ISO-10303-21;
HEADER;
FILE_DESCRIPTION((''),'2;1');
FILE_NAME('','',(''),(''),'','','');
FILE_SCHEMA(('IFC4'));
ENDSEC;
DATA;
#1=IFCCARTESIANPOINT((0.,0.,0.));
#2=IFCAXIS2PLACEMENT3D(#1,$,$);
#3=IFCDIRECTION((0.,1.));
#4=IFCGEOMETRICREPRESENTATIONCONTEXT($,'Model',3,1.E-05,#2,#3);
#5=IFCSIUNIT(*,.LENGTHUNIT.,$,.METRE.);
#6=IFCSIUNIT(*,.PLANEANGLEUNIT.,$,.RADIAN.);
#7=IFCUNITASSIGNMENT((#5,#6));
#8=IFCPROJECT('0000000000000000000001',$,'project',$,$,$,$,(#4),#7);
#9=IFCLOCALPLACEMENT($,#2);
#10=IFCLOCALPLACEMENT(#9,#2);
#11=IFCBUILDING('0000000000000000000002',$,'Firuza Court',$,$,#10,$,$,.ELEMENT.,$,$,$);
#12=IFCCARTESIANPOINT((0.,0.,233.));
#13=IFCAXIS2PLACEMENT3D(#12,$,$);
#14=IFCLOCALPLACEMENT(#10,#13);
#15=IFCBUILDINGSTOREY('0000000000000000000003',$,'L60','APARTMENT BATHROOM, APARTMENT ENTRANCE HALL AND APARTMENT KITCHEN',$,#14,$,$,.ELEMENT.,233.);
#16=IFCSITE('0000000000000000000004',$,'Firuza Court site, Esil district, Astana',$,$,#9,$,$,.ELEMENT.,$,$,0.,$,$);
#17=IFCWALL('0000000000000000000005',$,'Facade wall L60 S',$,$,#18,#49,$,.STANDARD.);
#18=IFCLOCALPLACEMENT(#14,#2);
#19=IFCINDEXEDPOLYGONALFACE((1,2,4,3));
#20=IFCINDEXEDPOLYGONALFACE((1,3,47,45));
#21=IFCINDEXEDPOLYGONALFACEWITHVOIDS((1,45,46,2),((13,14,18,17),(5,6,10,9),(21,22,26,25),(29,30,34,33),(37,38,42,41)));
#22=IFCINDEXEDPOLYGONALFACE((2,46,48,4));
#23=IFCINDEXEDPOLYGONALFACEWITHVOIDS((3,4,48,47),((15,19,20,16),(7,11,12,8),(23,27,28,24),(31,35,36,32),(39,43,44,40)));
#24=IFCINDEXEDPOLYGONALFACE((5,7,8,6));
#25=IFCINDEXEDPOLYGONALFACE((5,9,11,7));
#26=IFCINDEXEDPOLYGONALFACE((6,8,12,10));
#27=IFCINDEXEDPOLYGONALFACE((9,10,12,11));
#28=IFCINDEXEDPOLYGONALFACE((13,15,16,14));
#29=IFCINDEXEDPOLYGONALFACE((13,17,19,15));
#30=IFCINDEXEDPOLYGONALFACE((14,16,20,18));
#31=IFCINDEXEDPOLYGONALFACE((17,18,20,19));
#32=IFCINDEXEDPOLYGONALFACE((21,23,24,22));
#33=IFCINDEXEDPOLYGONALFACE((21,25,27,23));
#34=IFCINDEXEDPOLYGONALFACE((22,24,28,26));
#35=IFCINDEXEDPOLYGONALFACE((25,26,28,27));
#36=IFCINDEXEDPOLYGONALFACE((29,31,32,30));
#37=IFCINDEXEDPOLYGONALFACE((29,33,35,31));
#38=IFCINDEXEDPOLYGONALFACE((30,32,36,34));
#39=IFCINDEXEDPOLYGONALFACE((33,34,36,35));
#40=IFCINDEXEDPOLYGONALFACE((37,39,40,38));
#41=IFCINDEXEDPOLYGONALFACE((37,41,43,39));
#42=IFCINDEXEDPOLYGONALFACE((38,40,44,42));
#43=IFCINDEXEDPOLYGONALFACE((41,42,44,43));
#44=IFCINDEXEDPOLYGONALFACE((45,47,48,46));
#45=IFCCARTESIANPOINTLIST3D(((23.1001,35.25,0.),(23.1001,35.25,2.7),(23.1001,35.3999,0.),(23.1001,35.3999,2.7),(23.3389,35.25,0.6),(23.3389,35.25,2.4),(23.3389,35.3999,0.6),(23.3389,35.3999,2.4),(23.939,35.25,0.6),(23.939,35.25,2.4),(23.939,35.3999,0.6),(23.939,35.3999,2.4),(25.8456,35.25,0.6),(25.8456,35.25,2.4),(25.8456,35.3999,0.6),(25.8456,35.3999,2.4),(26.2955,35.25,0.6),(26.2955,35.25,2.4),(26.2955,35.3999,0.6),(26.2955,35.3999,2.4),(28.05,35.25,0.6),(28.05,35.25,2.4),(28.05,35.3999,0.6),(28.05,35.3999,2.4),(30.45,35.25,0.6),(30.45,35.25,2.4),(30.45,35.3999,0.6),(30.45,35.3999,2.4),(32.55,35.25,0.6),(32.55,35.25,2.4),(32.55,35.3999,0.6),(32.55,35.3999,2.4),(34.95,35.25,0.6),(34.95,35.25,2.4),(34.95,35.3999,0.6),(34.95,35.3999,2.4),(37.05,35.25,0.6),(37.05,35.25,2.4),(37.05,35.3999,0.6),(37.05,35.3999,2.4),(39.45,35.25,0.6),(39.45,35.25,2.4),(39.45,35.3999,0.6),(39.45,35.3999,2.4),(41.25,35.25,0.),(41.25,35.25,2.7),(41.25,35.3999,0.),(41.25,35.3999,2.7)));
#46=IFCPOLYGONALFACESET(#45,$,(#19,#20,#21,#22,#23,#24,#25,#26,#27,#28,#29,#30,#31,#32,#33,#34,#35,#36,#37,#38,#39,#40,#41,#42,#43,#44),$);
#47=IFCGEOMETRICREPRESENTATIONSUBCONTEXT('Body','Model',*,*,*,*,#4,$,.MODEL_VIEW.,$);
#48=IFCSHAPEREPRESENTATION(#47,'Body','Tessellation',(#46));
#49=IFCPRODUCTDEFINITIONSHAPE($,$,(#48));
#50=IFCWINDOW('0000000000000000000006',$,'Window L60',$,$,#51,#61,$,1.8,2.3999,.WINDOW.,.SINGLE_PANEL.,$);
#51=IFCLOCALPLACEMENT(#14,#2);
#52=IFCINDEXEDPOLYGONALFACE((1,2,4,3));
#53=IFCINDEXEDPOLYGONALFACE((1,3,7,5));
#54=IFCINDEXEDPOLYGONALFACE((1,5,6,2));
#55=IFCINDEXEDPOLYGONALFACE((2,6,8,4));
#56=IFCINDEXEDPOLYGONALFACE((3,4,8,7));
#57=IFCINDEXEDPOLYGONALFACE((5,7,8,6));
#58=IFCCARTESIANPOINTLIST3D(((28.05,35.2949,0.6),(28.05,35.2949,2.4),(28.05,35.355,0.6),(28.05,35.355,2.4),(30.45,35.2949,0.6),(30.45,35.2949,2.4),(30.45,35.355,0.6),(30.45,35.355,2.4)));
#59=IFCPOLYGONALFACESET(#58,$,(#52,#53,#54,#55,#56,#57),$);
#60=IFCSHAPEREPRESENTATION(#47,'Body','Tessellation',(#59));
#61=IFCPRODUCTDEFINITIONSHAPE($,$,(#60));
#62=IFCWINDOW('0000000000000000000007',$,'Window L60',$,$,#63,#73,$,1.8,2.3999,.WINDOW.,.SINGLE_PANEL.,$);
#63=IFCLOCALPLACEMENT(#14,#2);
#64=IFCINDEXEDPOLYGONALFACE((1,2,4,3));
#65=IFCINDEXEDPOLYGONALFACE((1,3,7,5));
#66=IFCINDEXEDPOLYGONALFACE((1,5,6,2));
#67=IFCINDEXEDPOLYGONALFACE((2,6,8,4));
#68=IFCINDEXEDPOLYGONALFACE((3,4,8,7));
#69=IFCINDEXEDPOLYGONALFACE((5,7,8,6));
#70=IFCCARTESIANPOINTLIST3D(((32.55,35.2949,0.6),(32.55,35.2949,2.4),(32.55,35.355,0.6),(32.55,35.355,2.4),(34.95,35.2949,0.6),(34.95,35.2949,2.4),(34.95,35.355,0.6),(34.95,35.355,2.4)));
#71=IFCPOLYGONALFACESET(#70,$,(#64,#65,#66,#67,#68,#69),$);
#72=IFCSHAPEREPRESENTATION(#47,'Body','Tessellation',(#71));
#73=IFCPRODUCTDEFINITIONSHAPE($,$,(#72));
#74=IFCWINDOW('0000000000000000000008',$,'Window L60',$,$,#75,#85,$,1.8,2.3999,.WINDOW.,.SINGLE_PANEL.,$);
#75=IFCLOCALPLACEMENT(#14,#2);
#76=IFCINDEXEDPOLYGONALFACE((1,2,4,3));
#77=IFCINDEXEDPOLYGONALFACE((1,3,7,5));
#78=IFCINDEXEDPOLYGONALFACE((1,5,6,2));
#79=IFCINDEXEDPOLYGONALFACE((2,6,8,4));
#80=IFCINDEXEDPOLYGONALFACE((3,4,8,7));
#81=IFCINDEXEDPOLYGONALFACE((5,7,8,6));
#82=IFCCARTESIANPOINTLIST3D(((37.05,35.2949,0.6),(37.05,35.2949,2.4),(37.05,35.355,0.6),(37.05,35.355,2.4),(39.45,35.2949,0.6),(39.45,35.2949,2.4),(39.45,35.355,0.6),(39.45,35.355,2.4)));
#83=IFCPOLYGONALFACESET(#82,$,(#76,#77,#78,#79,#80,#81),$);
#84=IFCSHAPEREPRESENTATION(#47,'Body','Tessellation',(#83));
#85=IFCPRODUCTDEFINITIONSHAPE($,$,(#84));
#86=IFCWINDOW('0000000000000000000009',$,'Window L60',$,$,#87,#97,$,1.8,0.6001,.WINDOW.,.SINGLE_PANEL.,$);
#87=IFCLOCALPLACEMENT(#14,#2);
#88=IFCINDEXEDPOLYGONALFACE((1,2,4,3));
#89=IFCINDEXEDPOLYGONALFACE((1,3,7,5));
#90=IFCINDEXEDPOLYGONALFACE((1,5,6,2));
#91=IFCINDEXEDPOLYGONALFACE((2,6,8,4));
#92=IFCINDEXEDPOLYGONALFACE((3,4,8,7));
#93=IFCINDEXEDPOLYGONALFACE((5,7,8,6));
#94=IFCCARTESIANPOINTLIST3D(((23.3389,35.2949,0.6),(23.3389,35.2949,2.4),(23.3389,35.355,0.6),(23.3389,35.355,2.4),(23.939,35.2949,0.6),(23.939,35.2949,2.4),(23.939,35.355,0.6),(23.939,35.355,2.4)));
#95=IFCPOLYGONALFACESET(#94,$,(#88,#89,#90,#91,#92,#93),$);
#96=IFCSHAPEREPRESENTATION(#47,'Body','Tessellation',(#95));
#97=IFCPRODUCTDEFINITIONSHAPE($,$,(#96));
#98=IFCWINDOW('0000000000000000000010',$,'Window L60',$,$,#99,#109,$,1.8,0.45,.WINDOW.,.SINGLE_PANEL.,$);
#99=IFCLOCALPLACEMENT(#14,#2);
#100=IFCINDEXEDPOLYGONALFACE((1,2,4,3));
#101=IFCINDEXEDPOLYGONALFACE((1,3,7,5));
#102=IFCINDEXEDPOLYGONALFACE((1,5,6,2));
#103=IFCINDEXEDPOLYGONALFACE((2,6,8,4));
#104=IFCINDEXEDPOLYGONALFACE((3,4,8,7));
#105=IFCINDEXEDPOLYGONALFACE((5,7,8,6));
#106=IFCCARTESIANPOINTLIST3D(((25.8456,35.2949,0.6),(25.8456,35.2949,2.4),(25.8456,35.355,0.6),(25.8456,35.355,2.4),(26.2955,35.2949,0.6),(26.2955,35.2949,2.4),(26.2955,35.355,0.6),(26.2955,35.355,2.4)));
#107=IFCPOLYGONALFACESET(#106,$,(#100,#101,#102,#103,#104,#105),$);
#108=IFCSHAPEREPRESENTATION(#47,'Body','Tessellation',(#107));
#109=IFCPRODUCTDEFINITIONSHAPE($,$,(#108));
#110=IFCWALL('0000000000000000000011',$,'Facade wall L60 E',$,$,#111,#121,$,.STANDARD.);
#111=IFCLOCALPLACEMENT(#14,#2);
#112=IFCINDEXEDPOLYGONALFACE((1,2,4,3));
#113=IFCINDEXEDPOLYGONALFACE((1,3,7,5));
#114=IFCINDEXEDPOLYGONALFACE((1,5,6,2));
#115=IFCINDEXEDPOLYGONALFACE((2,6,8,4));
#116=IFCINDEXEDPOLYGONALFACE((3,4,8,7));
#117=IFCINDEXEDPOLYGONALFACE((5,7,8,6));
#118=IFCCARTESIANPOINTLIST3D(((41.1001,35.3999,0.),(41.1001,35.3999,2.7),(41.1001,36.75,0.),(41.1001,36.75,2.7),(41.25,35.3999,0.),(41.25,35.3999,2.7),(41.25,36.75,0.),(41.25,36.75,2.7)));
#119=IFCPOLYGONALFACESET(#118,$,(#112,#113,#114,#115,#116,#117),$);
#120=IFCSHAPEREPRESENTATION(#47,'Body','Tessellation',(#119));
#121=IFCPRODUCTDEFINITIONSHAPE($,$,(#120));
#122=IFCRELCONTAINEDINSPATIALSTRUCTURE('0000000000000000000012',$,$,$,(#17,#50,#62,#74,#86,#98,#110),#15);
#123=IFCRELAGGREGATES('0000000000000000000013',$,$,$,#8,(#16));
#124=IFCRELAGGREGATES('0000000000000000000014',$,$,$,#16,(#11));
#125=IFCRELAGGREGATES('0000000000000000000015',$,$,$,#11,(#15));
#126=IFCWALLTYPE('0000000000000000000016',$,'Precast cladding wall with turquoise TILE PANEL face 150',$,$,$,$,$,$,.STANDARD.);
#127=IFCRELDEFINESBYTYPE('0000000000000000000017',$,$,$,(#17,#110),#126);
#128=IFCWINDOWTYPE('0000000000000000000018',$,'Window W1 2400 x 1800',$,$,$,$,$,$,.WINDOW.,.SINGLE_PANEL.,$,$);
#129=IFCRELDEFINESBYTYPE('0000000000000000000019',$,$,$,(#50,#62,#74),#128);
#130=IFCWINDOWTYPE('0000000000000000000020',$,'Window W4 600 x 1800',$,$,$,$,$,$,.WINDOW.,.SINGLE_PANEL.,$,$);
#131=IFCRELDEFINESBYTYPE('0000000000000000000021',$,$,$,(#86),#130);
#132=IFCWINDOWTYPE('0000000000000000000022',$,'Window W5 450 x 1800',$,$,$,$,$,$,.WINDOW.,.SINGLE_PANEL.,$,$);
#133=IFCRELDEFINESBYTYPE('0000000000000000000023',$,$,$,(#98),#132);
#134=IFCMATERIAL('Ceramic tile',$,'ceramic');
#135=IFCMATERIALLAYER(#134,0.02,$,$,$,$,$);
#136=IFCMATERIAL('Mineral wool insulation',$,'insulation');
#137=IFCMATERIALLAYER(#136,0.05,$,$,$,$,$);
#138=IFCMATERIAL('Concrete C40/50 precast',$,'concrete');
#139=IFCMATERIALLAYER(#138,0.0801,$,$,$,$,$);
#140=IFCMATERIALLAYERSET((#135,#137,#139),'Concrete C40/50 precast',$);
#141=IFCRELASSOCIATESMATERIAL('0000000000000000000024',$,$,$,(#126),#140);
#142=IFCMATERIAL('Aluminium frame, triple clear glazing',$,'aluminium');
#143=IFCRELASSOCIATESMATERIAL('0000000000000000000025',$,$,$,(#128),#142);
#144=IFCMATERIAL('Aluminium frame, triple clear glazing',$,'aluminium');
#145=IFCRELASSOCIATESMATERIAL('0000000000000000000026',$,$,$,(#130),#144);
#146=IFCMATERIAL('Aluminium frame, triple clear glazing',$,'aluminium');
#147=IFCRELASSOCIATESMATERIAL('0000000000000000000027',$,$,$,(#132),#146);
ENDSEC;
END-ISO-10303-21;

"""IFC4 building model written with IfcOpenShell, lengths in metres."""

from ifc_helpers import new_model, si_unit, direction, frame, frame_2d, origin, place, context, subcontext, project, spatial, rectangle, extrude, material, layer, layer_set, type_object, element, fill, save


model = new_model("IFC4")

# Units and contexts
model_context = context("Model", 3, precision=1e-05, world=origin(), true_north=direction((0.0, 1.0)))
body_context = subcontext(model_context, "Body", "Model", "MODEL_VIEW")
ifc_project = project(units=[si_unit("LENGTHUNIT", "METRE"), si_unit("PLANEANGLEUNIT", "RADIAN")], contexts=[model_context])

# Site, building, storey
site_placement = place(None, origin())
site = spatial("IfcSite", under=ifc_project, at=site_placement, Name="Firuza Court site, Esil district, Astana", CompositionType="ELEMENT", RefElevation=0.0)
building_placement = place(site_placement, origin())
building = spatial("IfcBuilding", under=site, at=building_placement, Name="Firuza Court", CompositionType="ELEMENT")
storey_placement = place(building_placement, frame((0.0, 0.0, 233.0)))
storey = spatial("IfcBuildingStorey", under=building, at=storey_placement, Name="L60", Description="APARTMENT BATHROOM, APARTMENT ENTRANCE HALL AND APARTMENT KITCHEN", CompositionType="ELEMENT", Elevation=233.0)

# Wall, openings, windows
ifc_material_1 = material(Name="Ceramic tile", Category="ceramic")
ifc_layer_1 = layer(ifc_material_1, 0.02)
ifc_material_2 = material(Name="Mineral wool insulation", Category="insulation")
ifc_layer_2 = layer(ifc_material_2, 0.05)
ifc_material_3 = material(Name="Concrete C40/50 precast", Category="concrete")
ifc_layer_3 = layer(ifc_material_3, 0.0801)
ifc_layer_set_1 = layer_set([ifc_layer_1, ifc_layer_2, ifc_layer_3], Name="Concrete C40/50 precast")
wall_type_1 = type_object("IfcWallType", Name="Precast cladding wall with turquoise TILE PANEL face 150", PredefinedType="STANDARD", material=ifc_layer_set_1)
ifc_material_4 = material(Name="Aluminium frame, triple clear glazing", Category="aluminium")
window_type_1 = type_object("IfcWindowType", Name="Window W1 2400 x 1800", PartitioningType="SINGLE_PANEL", PredefinedType="WINDOW", material=ifc_material_4)
wall_1_placement = place(storey_placement, frame((23.1001, 35.325, 0.0), z_axis=(0.0, 0.0, 1.0), x_axis=(1.0, 0.0, 0.0)))
wall_1 = element("IfcWall", 1, at=wall_1_placement, inside=storey, type_object=wall_type_1, Name="Facade wall L60 S", PredefinedType="STANDARD", context=body_context, shape_type="SweptSolid", body=[
    extrude(rectangle(XDim=18.1499, YDim=0.1499, at=frame_2d((9.075, 0.0))), origin(), (0.0, 0.0, 1.0), 2.7),
])
opening_1_placement = place(wall_1_placement, frame((0.2388, 0.0, 0.6001)))
opening_1 = element("IfcOpeningElement", 2, at=opening_1_placement, cuts=wall_1, PredefinedType="OPENING", context=body_context, shape_type="SweptSolid", body=[
    extrude(rectangle(XDim=0.6001, YDim=1.8, at=frame_2d((0.3, 0.8999))), frame((0.0, 0.0869, 0.0), z_axis=(0.0, -1.0, 0.0), x_axis=(1.0, 0.0, 0.0)), (0.0, 0.0, 1.0), 0.1738),
])
opening_2_placement = place(wall_1_placement, frame((2.7454, 0.0, 0.6001)))
opening_2 = element("IfcOpeningElement", 3, at=opening_2_placement, cuts=wall_1, PredefinedType="OPENING", context=body_context, shape_type="SweptSolid", body=[
    extrude(rectangle(XDim=0.45, YDim=1.8, at=frame_2d((0.2251, 0.8999))), frame((0.0, 0.0869, 0.0), z_axis=(0.0, -1.0, 0.0), x_axis=(1.0, 0.0, 0.0)), (0.0, 0.0, 1.0), 0.1738),
])
opening_3_placement = place(wall_1_placement, frame((4.95, 0.0, 0.6001)))
opening_3 = element("IfcOpeningElement", 4, at=opening_3_placement, cuts=wall_1, PredefinedType="OPENING", context=body_context, shape_type="SweptSolid", body=[
    extrude(rectangle(XDim=2.3999, YDim=1.8, at=frame_2d((1.2, 0.8999))), frame((0.0, 0.0869, 0.0), z_axis=(0.0, -1.0, 0.0), x_axis=(1.0, 0.0, 0.0)), (0.0, 0.0, 1.0), 0.1738),
])
opening_4_placement = place(wall_1_placement, frame((9.45, 0.0, 0.6001)))
opening_4 = element("IfcOpeningElement", 5, at=opening_4_placement, cuts=wall_1, PredefinedType="OPENING", context=body_context, shape_type="SweptSolid", body=[
    extrude(rectangle(XDim=2.3999, YDim=1.8, at=frame_2d((1.2, 0.8999))), frame((0.0, 0.0869, 0.0), z_axis=(0.0, -1.0, 0.0), x_axis=(1.0, 0.0, 0.0)), (0.0, 0.0, 1.0), 0.1738),
])
opening_5_placement = place(wall_1_placement, frame((13.95, 0.0, 0.6001)))
opening_5 = element("IfcOpeningElement", 6, at=opening_5_placement, cuts=wall_1, PredefinedType="OPENING", context=body_context, shape_type="SweptSolid", body=[
    extrude(rectangle(XDim=2.3999, YDim=1.8, at=frame_2d((1.2, 0.8999))), frame((0.0, 0.0869, 0.0), z_axis=(0.0, -1.0, 0.0), x_axis=(1.0, 0.0, 0.0)), (0.0, 0.0, 1.0), 0.1738),
])
window_1_placement = place(opening_3_placement, origin())
window_1 = element("IfcWindow", 7, at=window_1_placement, inside=storey, type_object=window_type_1, Name="Window L60", OverallHeight=1.8, OverallWidth=2.3999, PartitioningType="SINGLE_PANEL", PredefinedType="WINDOW", context=body_context, shape_type="SweptSolid", body=[
    extrude(rectangle(XDim=2.3999, YDim=1.8, at=frame_2d((1.2, 0.8999))), frame((0.0, 0.03, 0.0), z_axis=(0.0, -1.0, 0.0), x_axis=(1.0, 0.0, 0.0)), (0.0, 0.0, 1.0), 0.0601),
])
fill(opening_3, window_1)
window_2_placement = place(opening_4_placement, origin())
window_2 = element("IfcWindow", 8, at=window_2_placement, inside=storey, type_object=window_type_1, Name="Window L60", OverallHeight=1.8, OverallWidth=2.3999, PartitioningType="SINGLE_PANEL", PredefinedType="WINDOW", context=body_context, shape_type="SweptSolid", body=[
    extrude(rectangle(XDim=2.3999, YDim=1.8, at=frame_2d((1.2, 0.8999))), frame((0.0, 0.03, 0.0), z_axis=(0.0, -1.0, 0.0), x_axis=(1.0, 0.0, 0.0)), (0.0, 0.0, 1.0), 0.0601),
])
fill(opening_4, window_2)
window_3_placement = place(opening_5_placement, origin())
window_3 = element("IfcWindow", 9, at=window_3_placement, inside=storey, type_object=window_type_1, Name="Window L60", OverallHeight=1.8, OverallWidth=2.3999, PartitioningType="SINGLE_PANEL", PredefinedType="WINDOW", context=body_context, shape_type="SweptSolid", body=[
    extrude(rectangle(XDim=2.3999, YDim=1.8, at=frame_2d((1.2, 0.8999))), frame((0.0, 0.03, 0.0), z_axis=(0.0, -1.0, 0.0), x_axis=(1.0, 0.0, 0.0)), (0.0, 0.0, 1.0), 0.0601),
])
fill(opening_5, window_3)
ifc_material_5 = material(Name="Aluminium frame, triple clear glazing", Category="aluminium")
window_type_2 = type_object("IfcWindowType", Name="Window W4 600 x 1800", PartitioningType="SINGLE_PANEL", PredefinedType="WINDOW", material=ifc_material_5)
window_4_placement = place(opening_1_placement, origin())
window_4 = element("IfcWindow", 10, at=window_4_placement, inside=storey, type_object=window_type_2, Name="Window L60", OverallHeight=1.8, OverallWidth=0.6001, PartitioningType="SINGLE_PANEL", PredefinedType="WINDOW", context=body_context, shape_type="SweptSolid", body=[
    extrude(rectangle(XDim=0.6001, YDim=1.8, at=frame_2d((0.3, 0.8999))), frame((0.0, 0.03, 0.0), z_axis=(0.0, -1.0, 0.0), x_axis=(1.0, 0.0, 0.0)), (0.0, 0.0, 1.0), 0.0601),
])
fill(opening_1, window_4)
ifc_material_6 = material(Name="Aluminium frame, triple clear glazing", Category="aluminium")
window_type_3 = type_object("IfcWindowType", Name="Window W5 450 x 1800", PartitioningType="SINGLE_PANEL", PredefinedType="WINDOW", material=ifc_material_6)
window_5_placement = place(opening_2_placement, origin())
window_5 = element("IfcWindow", 11, at=window_5_placement, inside=storey, type_object=window_type_3, Name="Window L60", OverallHeight=1.8, OverallWidth=0.45, PartitioningType="SINGLE_PANEL", PredefinedType="WINDOW", context=body_context, shape_type="SweptSolid", body=[
    extrude(rectangle(XDim=0.45, YDim=1.8, at=frame_2d((0.2251, 0.8999))), frame((0.0, 0.03, 0.0), z_axis=(0.0, -1.0, 0.0), x_axis=(1.0, 0.0, 0.0)), (0.0, 0.0, 1.0), 0.0601),
])
fill(opening_2, window_5)

# Wall
wall_2_placement = place(storey_placement, frame((41.175, 35.3999, 0.0), z_axis=(0.0, 0.0, 1.0), x_axis=(0.0, 1.0, 0.0)))
element("IfcWall", 12, at=wall_2_placement, inside=storey, type_object=wall_type_1, Name="Facade wall L60 E", PredefinedType="STANDARD", context=body_context, shape_type="SweptSolid", body=[
    extrude(rectangle(XDim=1.3501, YDim=0.1499, at=frame_2d((0.675, 0.0))), origin(), (0.0, 0.0, 1.0), 2.7),
])

save(model, "model.ifc")
